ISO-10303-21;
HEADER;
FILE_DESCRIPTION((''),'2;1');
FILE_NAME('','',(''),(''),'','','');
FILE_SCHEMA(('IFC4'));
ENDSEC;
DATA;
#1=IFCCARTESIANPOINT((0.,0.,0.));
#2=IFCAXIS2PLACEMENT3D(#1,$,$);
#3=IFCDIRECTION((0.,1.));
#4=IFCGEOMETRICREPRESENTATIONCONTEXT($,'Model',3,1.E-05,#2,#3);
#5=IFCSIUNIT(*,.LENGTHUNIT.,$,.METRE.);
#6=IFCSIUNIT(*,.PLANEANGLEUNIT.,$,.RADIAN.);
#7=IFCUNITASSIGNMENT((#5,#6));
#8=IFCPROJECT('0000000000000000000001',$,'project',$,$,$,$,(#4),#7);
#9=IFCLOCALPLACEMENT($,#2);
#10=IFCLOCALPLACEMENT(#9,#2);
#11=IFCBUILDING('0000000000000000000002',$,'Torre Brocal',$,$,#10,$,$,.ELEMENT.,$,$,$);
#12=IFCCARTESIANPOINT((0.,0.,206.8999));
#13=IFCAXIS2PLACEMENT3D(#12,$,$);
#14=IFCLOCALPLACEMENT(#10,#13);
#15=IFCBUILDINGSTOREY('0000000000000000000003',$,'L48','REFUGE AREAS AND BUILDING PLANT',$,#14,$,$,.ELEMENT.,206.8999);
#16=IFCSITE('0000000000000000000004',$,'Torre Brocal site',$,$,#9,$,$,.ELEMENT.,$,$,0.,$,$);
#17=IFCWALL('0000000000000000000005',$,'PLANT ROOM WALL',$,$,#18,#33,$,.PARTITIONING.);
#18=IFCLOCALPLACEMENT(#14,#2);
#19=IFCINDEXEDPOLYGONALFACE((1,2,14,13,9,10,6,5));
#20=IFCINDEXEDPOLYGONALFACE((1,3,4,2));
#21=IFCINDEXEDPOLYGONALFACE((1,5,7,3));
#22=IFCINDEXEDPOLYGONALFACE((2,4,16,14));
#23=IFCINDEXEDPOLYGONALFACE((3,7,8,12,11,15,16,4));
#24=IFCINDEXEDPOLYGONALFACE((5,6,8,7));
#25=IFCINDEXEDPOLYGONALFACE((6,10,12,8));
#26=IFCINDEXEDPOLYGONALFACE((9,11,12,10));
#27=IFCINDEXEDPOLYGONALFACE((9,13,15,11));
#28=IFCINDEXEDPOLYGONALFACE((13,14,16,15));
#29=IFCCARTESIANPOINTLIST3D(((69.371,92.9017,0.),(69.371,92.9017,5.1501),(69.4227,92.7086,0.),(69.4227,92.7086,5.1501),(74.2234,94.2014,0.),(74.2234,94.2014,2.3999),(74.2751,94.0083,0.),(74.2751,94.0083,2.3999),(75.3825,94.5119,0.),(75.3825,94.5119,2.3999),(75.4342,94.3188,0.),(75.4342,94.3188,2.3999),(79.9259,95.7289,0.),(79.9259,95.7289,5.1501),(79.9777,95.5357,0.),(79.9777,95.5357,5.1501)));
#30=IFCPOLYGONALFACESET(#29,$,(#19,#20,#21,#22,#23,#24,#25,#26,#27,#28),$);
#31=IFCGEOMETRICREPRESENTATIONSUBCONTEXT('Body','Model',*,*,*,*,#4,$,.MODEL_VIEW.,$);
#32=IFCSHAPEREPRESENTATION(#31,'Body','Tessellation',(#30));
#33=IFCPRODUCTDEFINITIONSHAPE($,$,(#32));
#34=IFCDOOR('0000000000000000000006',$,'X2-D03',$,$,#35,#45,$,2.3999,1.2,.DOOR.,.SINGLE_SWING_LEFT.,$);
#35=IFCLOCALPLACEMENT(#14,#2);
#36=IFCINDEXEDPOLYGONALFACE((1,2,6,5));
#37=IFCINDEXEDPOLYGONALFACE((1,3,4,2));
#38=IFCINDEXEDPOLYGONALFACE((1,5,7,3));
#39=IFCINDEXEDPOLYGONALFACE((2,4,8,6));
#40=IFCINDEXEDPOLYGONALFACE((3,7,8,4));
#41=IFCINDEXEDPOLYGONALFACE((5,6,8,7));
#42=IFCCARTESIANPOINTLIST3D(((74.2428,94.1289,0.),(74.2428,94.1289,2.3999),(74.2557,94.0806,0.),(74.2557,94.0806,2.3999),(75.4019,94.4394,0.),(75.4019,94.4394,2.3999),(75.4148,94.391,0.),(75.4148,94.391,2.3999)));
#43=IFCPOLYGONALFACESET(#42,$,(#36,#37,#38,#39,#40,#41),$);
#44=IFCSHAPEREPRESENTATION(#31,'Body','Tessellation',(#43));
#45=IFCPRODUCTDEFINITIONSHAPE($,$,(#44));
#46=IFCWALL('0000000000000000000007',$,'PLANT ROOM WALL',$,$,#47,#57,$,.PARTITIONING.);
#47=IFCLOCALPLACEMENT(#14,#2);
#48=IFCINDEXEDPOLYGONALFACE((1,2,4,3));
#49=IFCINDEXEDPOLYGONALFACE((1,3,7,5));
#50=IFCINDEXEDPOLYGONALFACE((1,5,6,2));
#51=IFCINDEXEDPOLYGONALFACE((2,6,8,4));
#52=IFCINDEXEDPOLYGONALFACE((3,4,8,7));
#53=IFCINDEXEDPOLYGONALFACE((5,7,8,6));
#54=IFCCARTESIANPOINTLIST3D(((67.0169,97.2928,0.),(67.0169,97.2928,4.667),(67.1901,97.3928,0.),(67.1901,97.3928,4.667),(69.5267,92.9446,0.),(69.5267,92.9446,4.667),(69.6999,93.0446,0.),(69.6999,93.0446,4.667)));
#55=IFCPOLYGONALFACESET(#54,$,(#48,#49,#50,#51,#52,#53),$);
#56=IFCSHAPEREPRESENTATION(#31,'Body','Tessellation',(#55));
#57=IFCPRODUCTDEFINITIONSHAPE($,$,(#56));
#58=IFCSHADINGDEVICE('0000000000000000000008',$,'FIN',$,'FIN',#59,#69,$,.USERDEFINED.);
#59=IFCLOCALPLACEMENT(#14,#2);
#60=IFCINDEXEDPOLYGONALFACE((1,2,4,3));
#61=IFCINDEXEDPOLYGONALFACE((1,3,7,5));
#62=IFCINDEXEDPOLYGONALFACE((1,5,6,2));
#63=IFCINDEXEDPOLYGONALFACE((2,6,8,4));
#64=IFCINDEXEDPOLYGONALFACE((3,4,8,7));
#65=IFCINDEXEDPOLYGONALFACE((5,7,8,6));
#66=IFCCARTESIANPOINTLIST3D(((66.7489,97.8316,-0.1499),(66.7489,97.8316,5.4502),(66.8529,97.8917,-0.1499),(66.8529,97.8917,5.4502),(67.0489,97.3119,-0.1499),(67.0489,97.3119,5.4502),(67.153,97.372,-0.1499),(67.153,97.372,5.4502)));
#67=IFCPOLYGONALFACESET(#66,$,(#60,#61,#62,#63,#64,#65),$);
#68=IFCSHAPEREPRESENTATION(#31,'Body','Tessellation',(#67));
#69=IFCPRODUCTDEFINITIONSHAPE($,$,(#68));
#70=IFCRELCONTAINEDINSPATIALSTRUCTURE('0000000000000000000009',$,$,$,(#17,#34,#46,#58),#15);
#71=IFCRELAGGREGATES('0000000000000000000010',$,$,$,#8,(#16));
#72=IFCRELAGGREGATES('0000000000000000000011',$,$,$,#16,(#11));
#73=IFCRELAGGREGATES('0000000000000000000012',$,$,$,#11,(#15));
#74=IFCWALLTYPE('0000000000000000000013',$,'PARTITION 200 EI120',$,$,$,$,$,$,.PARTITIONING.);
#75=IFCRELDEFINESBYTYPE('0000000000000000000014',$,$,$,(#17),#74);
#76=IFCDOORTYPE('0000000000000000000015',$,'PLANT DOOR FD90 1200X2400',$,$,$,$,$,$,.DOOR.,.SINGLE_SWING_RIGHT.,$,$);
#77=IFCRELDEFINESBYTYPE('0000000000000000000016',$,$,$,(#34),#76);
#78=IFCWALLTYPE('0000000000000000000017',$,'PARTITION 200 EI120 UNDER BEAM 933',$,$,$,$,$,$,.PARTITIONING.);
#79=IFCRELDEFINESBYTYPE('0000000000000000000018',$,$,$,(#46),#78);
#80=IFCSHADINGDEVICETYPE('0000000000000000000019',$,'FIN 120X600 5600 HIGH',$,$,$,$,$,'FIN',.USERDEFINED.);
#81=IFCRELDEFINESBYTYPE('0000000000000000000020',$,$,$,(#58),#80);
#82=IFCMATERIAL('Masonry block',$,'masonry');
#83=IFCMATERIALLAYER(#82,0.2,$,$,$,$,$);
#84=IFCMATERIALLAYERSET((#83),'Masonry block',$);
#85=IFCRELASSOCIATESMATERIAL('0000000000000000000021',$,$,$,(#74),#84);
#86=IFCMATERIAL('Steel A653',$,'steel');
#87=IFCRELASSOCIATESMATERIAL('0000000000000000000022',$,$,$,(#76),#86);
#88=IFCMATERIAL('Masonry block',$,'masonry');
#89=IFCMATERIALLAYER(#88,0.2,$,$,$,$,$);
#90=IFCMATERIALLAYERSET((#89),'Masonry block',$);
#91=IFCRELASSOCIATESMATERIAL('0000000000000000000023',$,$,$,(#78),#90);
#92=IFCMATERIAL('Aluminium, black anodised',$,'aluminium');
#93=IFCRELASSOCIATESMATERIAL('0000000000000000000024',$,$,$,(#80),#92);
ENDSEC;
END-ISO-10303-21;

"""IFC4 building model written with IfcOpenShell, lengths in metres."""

from ifc_helpers import new_model, si_unit, direction, frame, frame_2d, origin, origin_2d, place, context, subcontext, project, spatial, rectangle, extrude, material, layer, layer_set, material_profile, profile_set, type_object, element, fill, save


model = new_model("IFC4")

# Units and contexts
model_context = context("Model", 3, precision=1e-05, world=origin(), true_north=direction((0.0, 1.0)))
body_context = subcontext(model_context, "Body", "Model", "MODEL_VIEW")
ifc_project = project(units=[si_unit("LENGTHUNIT", "METRE"), si_unit("PLANEANGLEUNIT", "RADIAN")], contexts=[model_context])

# Site, building, storey
site_placement = place(None, origin())
site = spatial("IfcSite", under=ifc_project, at=site_placement, Name="Torre Brocal site", CompositionType="ELEMENT", RefElevation=0.0)
building_placement = place(site_placement, origin())
building = spatial("IfcBuilding", under=site, at=building_placement, Name="Torre Brocal", CompositionType="ELEMENT")
storey_placement = place(building_placement, frame((0.0, 0.0, 206.8999)))
storey = spatial("IfcBuildingStorey", under=building, at=storey_placement, Name="L48", Description="REFUGE AREAS AND BUILDING PLANT", CompositionType="ELEMENT", Elevation=206.8999)

# Wall, opening, door
ifc_material_1 = material(Name="Masonry block", Category="masonry")
ifc_layer_1 = layer(ifc_material_1, 0.2)
ifc_layer_set_1 = layer_set([ifc_layer_1], Name="Masonry block")
wall_type_1 = type_object("IfcWallType", Name="PARTITION 200 EI120", PredefinedType="PARTITIONING", material=ifc_layer_set_1)
wall_1_placement = place(storey_placement, frame((69.397, 92.8052, 0.0), z_axis=(0.0, 0.0, 1.0), x_axis=(0.96595, 0.258731, 0.0)))
wall_1 = element("IfcWall", 1, at=wall_1_placement, inside=storey, type_object=wall_type_1, Name="PLANT ROOM WALL", PredefinedType="PARTITIONING", context=body_context, shape_type="SweptSolid", body=[
    extrude(rectangle(XDim=10.927, YDim=0.2, at=frame_2d((5.4634, 0.0))), origin(), (0.0, 0.0, 1.0), 5.1501),
])
opening_placement = place(wall_1_placement, frame((5.0232, 0.0, 0.0)))
opening = element("IfcOpeningElement", 2, at=opening_placement, cuts=wall_1, PredefinedType="OPENING", context=body_context, shape_type="SweptSolid", body=[
    extrude(rectangle(XDim=1.2, YDim=2.3999, at=frame_2d((0.6001, 1.2))), frame((0.0, 0.1099, 0.0), z_axis=(0.0, -1.0, 0.0), x_axis=(1.0, 0.0, 0.0)), (0.0, 0.0, 1.0), 0.22),
])
ifc_material_2 = material(Name="Steel A653", Category="steel")
door_type = type_object("IfcDoorType", Name="PLANT DOOR FD90 1200X2400", OperationType="SINGLE_SWING_RIGHT", PredefinedType="DOOR", material=ifc_material_2)
door_placement = place(opening_placement, origin())
door = element("IfcDoor", 3, at=door_placement, inside=storey, type_object=door_type, Name="X2-D03", OperationType="SINGLE_SWING_LEFT", OverallHeight=2.3999, OverallWidth=1.2, PredefinedType="DOOR", context=body_context, shape_type="SweptSolid", body=[
    extrude(rectangle(XDim=1.2, YDim=2.3999, at=frame_2d((0.6001, 1.2))), frame((0.0, 0.0249, 0.0), z_axis=(0.0, -1.0, 0.0), x_axis=(1.0, 0.0, 0.0)), (0.0, 0.0, 1.0), 0.05),
])
fill(opening, door)

# Wall
ifc_material_3 = material(Name="Masonry block", Category="masonry")
ifc_layer_2 = layer(ifc_material_3, 0.2)
ifc_layer_set_2 = layer_set([ifc_layer_2], Name="Masonry block")
wall_type_2 = type_object("IfcWallType", Name="PARTITION 200 EI120 UNDER BEAM 933", PredefinedType="PARTITIONING", material=ifc_layer_set_2)
wall_2_placement = place(storey_placement, frame((67.1035, 97.3428, 0.0), z_axis=(0.0, 0.0, 1.0), x_axis=(0.499905, -0.86608, 0.0)))
element("IfcWall", 4, at=wall_2_placement, inside=storey, type_object=wall_type_2, Name="PLANT ROOM WALL", PredefinedType="PARTITIONING", context=body_context, shape_type="SweptSolid", body=[
    extrude(rectangle(XDim=5.0205, YDim=0.2, at=frame_2d((2.5103, 0.0))), origin(), (0.0, 0.0, 1.0), 4.667),
])

# Shading device
ifc_material_4 = material(Name="Aluminium, black anodised", Category="aluminium")
ifc_material_profile_1 = material_profile(ifc_material_4, rectangle(XDim=0.1201, YDim=0.6001, at=origin_2d()), Name="FIN 120X600 5600 HIGH")
ifc_profile_set_1 = profile_set([ifc_material_profile_1], Name="Aluminium, black anodised")
shading_device_type = type_object("IfcShadingDeviceType", Name="FIN 120X600 5600 HIGH", ElementType="FIN", PredefinedType="USERDEFINED", material=ifc_profile_set_1)
shading_device_placement = place(storey_placement, frame((66.9509, 97.6018, -0.1499), z_axis=(0.0, 0.0, 1.0), x_axis=(-0.866025, -0.5, 0.0)))
element("IfcShadingDevice", 5, at=shading_device_placement, inside=storey, type_object=shading_device_type, Name="FIN", ObjectType="FIN", PredefinedType="USERDEFINED", context=body_context, shape_type="SweptSolid", body=[
    extrude(rectangle(XDim=0.1201, YDim=0.6001, at=origin_2d()), origin(), (0.0, 0.0, 1.0), 5.6001),
])

save(model, "model.ifc")
